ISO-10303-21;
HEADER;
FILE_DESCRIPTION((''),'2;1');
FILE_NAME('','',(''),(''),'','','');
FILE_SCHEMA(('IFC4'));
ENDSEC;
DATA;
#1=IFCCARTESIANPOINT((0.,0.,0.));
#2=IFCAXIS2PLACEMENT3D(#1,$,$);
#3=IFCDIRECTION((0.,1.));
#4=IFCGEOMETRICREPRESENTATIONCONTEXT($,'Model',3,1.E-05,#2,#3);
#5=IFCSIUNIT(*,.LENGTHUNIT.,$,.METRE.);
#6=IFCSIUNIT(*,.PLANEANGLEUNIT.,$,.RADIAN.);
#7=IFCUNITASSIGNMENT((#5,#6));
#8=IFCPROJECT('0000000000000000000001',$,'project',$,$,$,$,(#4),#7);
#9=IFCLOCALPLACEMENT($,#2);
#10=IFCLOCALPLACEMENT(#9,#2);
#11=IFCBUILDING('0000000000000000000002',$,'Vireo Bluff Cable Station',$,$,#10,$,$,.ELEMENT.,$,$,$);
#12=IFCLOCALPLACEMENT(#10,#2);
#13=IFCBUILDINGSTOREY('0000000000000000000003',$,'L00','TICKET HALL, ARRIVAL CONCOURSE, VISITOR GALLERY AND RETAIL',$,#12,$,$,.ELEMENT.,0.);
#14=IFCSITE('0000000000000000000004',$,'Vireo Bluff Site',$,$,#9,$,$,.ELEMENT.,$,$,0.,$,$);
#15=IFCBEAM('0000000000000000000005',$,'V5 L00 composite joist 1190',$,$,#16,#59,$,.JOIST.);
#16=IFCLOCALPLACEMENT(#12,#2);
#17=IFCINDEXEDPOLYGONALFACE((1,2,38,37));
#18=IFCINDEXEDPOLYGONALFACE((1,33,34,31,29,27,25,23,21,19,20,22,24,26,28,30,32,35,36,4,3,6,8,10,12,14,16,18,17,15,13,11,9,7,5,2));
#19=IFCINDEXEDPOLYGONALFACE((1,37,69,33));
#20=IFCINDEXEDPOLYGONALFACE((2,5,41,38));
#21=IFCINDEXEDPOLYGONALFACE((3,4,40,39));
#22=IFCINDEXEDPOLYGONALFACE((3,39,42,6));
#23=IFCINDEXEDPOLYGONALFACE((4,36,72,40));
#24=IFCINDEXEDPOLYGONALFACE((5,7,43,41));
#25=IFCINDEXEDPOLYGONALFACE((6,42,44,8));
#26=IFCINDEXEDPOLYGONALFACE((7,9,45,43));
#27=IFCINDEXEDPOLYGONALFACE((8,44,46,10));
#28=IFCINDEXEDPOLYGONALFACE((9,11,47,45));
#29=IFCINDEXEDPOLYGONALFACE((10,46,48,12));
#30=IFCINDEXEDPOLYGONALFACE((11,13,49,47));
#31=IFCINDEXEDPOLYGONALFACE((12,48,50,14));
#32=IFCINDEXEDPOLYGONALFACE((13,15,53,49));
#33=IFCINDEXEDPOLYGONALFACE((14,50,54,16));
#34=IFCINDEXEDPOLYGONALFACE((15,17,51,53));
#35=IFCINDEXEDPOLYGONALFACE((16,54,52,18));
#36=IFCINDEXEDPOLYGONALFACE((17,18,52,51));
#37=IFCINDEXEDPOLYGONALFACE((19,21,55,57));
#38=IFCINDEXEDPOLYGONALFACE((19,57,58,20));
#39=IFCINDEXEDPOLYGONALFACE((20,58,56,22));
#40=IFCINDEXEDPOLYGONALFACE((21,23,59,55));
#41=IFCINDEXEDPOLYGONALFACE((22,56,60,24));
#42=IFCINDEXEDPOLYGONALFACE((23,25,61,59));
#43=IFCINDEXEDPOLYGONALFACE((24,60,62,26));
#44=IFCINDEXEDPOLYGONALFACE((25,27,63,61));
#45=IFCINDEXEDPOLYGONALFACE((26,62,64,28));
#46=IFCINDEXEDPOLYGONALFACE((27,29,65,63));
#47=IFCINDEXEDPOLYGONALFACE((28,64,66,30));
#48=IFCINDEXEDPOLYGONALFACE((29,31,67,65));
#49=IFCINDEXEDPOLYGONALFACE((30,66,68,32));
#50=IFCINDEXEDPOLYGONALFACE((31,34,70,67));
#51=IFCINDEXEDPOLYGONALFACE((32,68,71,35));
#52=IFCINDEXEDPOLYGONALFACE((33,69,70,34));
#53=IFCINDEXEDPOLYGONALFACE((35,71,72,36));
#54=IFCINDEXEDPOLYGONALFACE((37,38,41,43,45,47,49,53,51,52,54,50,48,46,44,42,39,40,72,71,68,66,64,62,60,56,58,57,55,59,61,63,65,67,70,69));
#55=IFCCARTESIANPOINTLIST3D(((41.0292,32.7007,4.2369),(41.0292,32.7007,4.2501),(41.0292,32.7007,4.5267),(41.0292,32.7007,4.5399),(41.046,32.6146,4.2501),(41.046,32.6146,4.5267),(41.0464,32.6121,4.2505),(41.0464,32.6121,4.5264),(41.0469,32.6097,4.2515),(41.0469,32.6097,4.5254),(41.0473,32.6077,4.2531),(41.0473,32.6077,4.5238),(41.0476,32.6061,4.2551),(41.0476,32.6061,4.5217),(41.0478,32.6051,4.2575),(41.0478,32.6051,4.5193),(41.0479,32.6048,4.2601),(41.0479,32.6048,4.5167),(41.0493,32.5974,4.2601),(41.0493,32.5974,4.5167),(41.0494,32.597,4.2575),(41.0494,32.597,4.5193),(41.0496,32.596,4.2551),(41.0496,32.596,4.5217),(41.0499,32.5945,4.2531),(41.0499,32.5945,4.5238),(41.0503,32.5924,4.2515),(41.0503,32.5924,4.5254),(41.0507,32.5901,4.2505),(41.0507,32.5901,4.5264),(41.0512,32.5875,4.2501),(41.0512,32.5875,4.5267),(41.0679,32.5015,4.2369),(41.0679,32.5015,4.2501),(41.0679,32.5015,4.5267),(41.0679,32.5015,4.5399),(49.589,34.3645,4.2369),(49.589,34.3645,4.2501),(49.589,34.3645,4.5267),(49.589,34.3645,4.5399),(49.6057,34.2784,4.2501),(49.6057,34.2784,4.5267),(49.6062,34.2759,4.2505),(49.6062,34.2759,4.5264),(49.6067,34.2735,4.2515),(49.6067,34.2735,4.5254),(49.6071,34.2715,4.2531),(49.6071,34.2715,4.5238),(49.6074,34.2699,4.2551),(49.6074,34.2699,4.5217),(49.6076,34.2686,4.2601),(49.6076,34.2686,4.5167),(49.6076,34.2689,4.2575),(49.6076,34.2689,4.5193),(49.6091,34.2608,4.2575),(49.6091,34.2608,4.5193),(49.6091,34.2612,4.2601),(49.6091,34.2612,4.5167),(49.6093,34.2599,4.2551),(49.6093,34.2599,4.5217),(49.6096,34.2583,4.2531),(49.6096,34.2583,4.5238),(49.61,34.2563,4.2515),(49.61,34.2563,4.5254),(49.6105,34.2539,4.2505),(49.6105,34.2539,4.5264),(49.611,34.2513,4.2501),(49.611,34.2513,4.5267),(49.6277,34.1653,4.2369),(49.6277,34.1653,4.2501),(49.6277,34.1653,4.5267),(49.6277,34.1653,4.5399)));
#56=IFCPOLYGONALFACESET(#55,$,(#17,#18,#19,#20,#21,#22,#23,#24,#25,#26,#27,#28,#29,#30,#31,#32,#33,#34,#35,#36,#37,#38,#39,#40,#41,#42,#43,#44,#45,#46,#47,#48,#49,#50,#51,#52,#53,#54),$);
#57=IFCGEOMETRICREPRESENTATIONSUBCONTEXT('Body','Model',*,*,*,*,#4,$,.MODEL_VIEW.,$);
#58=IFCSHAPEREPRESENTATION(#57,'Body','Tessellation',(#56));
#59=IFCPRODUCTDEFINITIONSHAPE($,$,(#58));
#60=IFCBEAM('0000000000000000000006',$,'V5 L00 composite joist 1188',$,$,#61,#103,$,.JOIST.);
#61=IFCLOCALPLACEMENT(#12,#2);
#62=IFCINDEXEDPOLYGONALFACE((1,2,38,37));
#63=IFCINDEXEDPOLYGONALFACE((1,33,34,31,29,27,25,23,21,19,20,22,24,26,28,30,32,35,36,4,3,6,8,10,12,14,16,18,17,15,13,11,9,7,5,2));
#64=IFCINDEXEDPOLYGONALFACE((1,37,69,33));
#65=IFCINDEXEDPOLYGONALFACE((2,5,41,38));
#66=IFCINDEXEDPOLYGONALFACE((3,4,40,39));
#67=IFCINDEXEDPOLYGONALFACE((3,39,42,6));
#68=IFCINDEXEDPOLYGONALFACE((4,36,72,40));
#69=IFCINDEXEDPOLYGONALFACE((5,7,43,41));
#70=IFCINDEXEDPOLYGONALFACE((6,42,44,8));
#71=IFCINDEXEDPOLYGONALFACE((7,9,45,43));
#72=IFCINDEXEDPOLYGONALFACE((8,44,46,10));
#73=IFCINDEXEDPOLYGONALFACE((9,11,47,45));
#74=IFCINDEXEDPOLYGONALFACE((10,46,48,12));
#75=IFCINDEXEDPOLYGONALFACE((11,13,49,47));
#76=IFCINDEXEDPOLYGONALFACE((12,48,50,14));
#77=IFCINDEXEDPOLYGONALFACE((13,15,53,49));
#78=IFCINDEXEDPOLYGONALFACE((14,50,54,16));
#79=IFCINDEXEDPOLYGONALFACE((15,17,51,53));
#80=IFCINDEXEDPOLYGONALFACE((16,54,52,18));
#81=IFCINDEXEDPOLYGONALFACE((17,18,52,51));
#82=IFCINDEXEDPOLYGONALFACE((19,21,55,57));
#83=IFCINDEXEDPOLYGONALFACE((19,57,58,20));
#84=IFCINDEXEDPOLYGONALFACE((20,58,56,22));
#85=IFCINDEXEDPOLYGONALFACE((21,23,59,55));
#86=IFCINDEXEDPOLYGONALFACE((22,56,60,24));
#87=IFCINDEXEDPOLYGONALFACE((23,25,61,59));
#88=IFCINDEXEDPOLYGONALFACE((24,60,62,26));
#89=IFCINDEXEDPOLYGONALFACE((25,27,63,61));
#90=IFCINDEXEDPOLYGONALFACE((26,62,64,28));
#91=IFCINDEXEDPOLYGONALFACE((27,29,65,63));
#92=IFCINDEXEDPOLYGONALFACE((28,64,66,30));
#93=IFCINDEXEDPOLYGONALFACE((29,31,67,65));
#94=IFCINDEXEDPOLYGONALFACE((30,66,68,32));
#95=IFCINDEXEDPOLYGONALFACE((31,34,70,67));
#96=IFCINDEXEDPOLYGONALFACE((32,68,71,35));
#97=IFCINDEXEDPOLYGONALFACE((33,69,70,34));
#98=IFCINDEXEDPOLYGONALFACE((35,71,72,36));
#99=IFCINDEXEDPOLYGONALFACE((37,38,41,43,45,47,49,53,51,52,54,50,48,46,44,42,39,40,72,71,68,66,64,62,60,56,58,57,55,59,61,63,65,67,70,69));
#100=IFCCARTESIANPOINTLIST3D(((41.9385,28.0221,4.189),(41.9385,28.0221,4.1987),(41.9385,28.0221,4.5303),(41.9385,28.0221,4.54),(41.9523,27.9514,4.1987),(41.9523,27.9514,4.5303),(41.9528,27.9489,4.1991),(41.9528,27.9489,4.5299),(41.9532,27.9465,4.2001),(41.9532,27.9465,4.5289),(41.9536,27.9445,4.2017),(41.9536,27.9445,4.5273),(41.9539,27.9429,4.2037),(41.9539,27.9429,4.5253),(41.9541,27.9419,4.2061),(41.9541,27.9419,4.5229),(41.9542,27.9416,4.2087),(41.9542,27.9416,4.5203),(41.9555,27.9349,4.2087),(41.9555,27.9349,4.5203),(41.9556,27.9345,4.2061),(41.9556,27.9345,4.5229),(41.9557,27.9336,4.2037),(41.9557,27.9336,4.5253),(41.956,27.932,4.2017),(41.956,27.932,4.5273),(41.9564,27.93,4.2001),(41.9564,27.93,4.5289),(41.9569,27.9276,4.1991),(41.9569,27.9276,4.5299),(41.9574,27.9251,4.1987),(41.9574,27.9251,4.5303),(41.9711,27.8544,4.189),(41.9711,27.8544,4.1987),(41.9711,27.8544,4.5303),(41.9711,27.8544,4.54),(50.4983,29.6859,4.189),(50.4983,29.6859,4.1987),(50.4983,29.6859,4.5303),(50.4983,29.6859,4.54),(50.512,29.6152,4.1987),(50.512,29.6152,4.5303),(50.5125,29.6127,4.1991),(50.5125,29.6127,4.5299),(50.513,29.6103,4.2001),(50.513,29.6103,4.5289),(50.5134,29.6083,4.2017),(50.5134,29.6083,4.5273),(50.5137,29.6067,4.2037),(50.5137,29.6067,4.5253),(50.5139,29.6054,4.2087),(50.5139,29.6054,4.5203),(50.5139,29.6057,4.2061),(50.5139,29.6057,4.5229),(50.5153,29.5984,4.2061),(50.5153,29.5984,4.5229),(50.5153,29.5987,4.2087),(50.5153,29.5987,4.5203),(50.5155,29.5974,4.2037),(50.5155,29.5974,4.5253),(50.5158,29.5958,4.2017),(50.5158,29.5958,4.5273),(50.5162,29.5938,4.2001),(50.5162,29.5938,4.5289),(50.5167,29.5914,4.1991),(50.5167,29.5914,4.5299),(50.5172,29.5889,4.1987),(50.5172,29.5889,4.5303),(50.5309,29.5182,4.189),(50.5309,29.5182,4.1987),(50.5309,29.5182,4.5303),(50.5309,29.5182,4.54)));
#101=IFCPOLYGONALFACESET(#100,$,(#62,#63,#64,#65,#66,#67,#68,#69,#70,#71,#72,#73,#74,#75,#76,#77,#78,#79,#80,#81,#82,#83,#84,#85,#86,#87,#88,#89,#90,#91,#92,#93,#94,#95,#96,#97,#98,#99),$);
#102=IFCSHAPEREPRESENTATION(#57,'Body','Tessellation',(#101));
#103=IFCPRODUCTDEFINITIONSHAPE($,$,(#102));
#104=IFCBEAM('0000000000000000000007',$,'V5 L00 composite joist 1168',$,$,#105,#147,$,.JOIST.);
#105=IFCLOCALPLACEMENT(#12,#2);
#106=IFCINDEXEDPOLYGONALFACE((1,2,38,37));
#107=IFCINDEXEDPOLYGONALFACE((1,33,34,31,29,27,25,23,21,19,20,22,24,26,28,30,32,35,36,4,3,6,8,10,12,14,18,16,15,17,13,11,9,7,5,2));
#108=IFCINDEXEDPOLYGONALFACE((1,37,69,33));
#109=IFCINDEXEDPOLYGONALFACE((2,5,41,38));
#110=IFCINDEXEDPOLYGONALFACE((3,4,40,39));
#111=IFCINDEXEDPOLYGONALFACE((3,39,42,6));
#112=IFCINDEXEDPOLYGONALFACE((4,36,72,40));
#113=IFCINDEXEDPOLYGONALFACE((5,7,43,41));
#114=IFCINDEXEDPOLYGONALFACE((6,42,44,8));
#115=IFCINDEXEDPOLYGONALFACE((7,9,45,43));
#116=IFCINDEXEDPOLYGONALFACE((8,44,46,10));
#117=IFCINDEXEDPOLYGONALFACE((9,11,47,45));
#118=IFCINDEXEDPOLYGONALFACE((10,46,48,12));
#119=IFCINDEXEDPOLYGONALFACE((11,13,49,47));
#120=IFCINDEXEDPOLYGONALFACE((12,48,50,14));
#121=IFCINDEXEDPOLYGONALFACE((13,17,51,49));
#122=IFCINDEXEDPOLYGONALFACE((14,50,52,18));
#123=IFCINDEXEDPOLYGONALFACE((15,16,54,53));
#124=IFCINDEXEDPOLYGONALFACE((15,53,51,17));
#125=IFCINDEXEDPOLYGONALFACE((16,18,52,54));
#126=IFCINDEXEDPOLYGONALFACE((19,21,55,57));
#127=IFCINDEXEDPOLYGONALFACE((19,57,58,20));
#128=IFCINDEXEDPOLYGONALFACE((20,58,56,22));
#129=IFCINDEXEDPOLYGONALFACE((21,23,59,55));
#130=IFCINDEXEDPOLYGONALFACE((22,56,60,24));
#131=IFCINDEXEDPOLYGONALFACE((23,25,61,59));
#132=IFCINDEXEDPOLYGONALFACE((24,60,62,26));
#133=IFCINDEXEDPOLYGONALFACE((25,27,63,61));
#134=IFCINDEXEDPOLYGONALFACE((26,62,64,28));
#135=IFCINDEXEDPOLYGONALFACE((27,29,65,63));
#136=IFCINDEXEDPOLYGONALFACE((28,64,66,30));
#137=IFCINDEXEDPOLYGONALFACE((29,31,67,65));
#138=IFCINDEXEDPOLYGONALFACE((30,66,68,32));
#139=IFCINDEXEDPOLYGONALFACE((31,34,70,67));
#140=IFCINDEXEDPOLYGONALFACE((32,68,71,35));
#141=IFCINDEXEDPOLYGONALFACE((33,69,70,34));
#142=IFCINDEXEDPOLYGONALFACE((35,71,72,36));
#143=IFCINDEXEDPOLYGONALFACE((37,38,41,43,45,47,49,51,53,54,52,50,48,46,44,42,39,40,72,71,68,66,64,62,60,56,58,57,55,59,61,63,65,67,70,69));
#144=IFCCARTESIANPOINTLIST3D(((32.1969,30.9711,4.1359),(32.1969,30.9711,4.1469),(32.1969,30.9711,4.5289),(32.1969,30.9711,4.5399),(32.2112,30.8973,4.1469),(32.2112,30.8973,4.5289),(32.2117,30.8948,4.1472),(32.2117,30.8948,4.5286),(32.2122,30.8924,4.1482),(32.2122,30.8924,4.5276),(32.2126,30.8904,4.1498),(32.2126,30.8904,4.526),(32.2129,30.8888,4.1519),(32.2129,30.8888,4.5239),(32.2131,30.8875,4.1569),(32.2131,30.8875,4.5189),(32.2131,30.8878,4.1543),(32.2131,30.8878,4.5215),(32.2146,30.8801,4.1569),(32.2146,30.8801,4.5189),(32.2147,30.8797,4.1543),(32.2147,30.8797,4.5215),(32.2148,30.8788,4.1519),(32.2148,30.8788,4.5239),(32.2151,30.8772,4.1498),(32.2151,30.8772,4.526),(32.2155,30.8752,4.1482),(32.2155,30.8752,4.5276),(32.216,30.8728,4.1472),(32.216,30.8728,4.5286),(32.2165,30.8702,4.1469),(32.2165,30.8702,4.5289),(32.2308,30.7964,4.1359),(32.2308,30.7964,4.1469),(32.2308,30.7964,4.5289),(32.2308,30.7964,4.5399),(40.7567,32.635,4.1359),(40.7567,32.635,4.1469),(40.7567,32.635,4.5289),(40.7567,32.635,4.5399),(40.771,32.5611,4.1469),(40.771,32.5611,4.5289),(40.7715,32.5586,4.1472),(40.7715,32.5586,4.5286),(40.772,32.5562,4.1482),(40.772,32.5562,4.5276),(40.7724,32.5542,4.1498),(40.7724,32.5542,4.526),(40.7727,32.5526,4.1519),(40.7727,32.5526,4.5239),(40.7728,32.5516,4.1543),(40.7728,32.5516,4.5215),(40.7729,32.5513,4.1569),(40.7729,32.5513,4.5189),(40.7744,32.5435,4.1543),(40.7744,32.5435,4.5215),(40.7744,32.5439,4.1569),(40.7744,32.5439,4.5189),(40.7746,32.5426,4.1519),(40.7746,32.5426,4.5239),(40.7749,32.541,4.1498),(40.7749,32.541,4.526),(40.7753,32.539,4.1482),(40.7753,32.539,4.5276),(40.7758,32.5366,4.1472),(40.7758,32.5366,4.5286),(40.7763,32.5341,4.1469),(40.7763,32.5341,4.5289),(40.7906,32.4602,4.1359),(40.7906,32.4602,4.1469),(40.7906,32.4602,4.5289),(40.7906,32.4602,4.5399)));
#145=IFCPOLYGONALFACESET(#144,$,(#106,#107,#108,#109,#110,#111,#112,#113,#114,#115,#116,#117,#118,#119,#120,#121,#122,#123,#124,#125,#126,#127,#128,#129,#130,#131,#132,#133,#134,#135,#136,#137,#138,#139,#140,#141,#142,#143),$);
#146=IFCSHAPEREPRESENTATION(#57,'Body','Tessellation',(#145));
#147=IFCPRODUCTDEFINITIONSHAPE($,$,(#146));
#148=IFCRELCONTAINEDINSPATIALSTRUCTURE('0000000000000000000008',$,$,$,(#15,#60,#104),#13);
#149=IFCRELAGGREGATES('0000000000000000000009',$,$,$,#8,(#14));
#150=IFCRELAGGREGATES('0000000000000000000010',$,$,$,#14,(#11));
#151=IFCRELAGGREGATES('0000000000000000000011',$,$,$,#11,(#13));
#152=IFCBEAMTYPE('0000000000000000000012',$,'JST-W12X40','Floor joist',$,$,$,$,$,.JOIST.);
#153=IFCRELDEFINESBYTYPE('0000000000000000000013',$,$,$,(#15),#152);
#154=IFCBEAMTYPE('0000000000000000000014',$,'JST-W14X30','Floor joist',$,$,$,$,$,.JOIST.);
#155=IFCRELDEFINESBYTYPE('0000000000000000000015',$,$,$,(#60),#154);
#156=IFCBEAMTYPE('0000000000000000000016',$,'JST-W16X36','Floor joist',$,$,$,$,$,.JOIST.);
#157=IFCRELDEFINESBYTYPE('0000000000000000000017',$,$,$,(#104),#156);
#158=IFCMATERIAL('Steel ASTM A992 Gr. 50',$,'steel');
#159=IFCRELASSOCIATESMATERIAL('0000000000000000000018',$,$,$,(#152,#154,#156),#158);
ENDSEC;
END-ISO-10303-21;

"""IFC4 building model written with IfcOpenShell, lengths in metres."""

from ifc_helpers import new_model, si_unit, direction, frame, origin, origin_2d, place, context, subcontext, project, spatial, i_section, extrude, material, material_profile, profile_set, type_object, element, save


model = new_model("IFC4")

# Units and contexts
model_context = context("Model", 3, precision=1e-05, world=origin(), true_north=direction((0.0, 1.0)))
body_context = subcontext(model_context, "Body", "Model", "MODEL_VIEW")
ifc_project = project(units=[si_unit("LENGTHUNIT", "METRE"), si_unit("PLANEANGLEUNIT", "RADIAN")], contexts=[model_context])

# Site, building, storey
site_placement = place(None, origin())
site = spatial("IfcSite", under=ifc_project, at=site_placement, Name="Vireo Bluff Site", CompositionType="ELEMENT", RefElevation=0.0)
building_placement = place(site_placement, origin())
building = spatial("IfcBuilding", under=site, at=building_placement, Name="Vireo Bluff Cable Station", CompositionType="ELEMENT")
storey_placement = place(building_placement, origin())
storey = spatial("IfcBuildingStorey", under=building, at=storey_placement, Name="L00", Description="TICKET HALL, ARRIVAL CONCOURSE, VISITOR GALLERY AND RETAIL", CompositionType="ELEMENT", Elevation=0.0)

# Shared definitions
ifc_material_1 = material(Name="Steel ASTM A992 Gr. 50", Category="steel")

# Beams
ifc_material_profile_1 = material_profile(ifc_material_1, i_section(OverallWidth=0.2029, OverallDepth=0.303, WebThickness=0.0076, FlangeThickness=0.0132, FilletRadius=0.01, at=origin_2d()), Name="W12X40")
ifc_profile_set_1 = profile_set([ifc_material_profile_1], Name="Steel ASTM A992 Gr. 50")
beam_type_1 = type_object("IfcBeamType", Name="JST-W12X40", Description="Floor joist", PredefinedType="JOIST", material=ifc_profile_set_1)
beam_1_placement = place(storey_placement, frame((41.0486, 32.6011, 4.3884), z_axis=(0.981628, 0.190804, 0.0), x_axis=(-0.190804, 0.981628, 0.0)))
element("IfcBeam", 1, at=beam_1_placement, inside=storey, type_object=beam_type_1, Name="V5 L00 composite joist 1190", PredefinedType="JOIST", context=body_context, shape_type="SweptSolid", body=[
    extrude(i_section(OverallWidth=0.2029, OverallDepth=0.303, WebThickness=0.0076, FlangeThickness=0.0132, FilletRadius=0.01, at=origin_2d()), origin(), (0.0, 0.0, 1.0), 8.72),
])
ifc_material_profile_2 = material_profile(ifc_material_1, i_section(OverallWidth=0.1709, OverallDepth=0.3511, WebThickness=0.0068, FlangeThickness=0.0098, FilletRadius=0.01, at=origin_2d()), Name="W14X30")
ifc_profile_set_2 = profile_set([ifc_material_profile_2], Name="Steel ASTM A992 Gr. 50")
beam_type_2 = type_object("IfcBeamType", Name="JST-W14X30", Description="Floor joist", PredefinedType="JOIST", material=ifc_profile_set_2)
beam_2_placement = place(storey_placement, frame((41.9548, 27.9382, 4.3645), z_axis=(0.981628, 0.190804, 0.0), x_axis=(-0.190804, 0.981628, 0.0)))
element("IfcBeam", 2, at=beam_2_placement, inside=storey, type_object=beam_type_2, Name="V5 L00 composite joist 1188", PredefinedType="JOIST", context=body_context, shape_type="SweptSolid", body=[
    extrude(i_section(OverallWidth=0.1709, OverallDepth=0.3511, WebThickness=0.0068, FlangeThickness=0.0098, FilletRadius=0.01, at=origin_2d()), origin(), (0.0, 0.0, 1.0), 8.72),
])
ifc_material_profile_3 = material_profile(ifc_material_1, i_section(OverallWidth=0.178, OverallDepth=0.4041, WebThickness=0.0076, FlangeThickness=0.011, FilletRadius=0.01, at=origin_2d()), Name="W16X36")
ifc_profile_set_3 = profile_set([ifc_material_profile_3], Name="Steel ASTM A992 Gr. 50")
beam_type_3 = type_object("IfcBeamType", Name="JST-W16X36", Description="Floor joist", PredefinedType="JOIST", material=ifc_profile_set_3)
beam_3_placement = place(storey_placement, frame((32.2139, 30.8838, 4.3379), z_axis=(0.981628, 0.190804, 0.0), x_axis=(-0.190804, 0.981628, 0.0)))
element("IfcBeam", 3, at=beam_3_placement, inside=storey, type_object=beam_type_3, Name="V5 L00 composite joist 1168", PredefinedType="JOIST", context=body_context, shape_type="SweptSolid", body=[
    extrude(i_section(OverallWidth=0.178, OverallDepth=0.4041, WebThickness=0.0076, FlangeThickness=0.011, FilletRadius=0.01, at=origin_2d()), origin(), (0.0, 0.0, 1.0), 8.72),
])

save(model, "model.ifc")
